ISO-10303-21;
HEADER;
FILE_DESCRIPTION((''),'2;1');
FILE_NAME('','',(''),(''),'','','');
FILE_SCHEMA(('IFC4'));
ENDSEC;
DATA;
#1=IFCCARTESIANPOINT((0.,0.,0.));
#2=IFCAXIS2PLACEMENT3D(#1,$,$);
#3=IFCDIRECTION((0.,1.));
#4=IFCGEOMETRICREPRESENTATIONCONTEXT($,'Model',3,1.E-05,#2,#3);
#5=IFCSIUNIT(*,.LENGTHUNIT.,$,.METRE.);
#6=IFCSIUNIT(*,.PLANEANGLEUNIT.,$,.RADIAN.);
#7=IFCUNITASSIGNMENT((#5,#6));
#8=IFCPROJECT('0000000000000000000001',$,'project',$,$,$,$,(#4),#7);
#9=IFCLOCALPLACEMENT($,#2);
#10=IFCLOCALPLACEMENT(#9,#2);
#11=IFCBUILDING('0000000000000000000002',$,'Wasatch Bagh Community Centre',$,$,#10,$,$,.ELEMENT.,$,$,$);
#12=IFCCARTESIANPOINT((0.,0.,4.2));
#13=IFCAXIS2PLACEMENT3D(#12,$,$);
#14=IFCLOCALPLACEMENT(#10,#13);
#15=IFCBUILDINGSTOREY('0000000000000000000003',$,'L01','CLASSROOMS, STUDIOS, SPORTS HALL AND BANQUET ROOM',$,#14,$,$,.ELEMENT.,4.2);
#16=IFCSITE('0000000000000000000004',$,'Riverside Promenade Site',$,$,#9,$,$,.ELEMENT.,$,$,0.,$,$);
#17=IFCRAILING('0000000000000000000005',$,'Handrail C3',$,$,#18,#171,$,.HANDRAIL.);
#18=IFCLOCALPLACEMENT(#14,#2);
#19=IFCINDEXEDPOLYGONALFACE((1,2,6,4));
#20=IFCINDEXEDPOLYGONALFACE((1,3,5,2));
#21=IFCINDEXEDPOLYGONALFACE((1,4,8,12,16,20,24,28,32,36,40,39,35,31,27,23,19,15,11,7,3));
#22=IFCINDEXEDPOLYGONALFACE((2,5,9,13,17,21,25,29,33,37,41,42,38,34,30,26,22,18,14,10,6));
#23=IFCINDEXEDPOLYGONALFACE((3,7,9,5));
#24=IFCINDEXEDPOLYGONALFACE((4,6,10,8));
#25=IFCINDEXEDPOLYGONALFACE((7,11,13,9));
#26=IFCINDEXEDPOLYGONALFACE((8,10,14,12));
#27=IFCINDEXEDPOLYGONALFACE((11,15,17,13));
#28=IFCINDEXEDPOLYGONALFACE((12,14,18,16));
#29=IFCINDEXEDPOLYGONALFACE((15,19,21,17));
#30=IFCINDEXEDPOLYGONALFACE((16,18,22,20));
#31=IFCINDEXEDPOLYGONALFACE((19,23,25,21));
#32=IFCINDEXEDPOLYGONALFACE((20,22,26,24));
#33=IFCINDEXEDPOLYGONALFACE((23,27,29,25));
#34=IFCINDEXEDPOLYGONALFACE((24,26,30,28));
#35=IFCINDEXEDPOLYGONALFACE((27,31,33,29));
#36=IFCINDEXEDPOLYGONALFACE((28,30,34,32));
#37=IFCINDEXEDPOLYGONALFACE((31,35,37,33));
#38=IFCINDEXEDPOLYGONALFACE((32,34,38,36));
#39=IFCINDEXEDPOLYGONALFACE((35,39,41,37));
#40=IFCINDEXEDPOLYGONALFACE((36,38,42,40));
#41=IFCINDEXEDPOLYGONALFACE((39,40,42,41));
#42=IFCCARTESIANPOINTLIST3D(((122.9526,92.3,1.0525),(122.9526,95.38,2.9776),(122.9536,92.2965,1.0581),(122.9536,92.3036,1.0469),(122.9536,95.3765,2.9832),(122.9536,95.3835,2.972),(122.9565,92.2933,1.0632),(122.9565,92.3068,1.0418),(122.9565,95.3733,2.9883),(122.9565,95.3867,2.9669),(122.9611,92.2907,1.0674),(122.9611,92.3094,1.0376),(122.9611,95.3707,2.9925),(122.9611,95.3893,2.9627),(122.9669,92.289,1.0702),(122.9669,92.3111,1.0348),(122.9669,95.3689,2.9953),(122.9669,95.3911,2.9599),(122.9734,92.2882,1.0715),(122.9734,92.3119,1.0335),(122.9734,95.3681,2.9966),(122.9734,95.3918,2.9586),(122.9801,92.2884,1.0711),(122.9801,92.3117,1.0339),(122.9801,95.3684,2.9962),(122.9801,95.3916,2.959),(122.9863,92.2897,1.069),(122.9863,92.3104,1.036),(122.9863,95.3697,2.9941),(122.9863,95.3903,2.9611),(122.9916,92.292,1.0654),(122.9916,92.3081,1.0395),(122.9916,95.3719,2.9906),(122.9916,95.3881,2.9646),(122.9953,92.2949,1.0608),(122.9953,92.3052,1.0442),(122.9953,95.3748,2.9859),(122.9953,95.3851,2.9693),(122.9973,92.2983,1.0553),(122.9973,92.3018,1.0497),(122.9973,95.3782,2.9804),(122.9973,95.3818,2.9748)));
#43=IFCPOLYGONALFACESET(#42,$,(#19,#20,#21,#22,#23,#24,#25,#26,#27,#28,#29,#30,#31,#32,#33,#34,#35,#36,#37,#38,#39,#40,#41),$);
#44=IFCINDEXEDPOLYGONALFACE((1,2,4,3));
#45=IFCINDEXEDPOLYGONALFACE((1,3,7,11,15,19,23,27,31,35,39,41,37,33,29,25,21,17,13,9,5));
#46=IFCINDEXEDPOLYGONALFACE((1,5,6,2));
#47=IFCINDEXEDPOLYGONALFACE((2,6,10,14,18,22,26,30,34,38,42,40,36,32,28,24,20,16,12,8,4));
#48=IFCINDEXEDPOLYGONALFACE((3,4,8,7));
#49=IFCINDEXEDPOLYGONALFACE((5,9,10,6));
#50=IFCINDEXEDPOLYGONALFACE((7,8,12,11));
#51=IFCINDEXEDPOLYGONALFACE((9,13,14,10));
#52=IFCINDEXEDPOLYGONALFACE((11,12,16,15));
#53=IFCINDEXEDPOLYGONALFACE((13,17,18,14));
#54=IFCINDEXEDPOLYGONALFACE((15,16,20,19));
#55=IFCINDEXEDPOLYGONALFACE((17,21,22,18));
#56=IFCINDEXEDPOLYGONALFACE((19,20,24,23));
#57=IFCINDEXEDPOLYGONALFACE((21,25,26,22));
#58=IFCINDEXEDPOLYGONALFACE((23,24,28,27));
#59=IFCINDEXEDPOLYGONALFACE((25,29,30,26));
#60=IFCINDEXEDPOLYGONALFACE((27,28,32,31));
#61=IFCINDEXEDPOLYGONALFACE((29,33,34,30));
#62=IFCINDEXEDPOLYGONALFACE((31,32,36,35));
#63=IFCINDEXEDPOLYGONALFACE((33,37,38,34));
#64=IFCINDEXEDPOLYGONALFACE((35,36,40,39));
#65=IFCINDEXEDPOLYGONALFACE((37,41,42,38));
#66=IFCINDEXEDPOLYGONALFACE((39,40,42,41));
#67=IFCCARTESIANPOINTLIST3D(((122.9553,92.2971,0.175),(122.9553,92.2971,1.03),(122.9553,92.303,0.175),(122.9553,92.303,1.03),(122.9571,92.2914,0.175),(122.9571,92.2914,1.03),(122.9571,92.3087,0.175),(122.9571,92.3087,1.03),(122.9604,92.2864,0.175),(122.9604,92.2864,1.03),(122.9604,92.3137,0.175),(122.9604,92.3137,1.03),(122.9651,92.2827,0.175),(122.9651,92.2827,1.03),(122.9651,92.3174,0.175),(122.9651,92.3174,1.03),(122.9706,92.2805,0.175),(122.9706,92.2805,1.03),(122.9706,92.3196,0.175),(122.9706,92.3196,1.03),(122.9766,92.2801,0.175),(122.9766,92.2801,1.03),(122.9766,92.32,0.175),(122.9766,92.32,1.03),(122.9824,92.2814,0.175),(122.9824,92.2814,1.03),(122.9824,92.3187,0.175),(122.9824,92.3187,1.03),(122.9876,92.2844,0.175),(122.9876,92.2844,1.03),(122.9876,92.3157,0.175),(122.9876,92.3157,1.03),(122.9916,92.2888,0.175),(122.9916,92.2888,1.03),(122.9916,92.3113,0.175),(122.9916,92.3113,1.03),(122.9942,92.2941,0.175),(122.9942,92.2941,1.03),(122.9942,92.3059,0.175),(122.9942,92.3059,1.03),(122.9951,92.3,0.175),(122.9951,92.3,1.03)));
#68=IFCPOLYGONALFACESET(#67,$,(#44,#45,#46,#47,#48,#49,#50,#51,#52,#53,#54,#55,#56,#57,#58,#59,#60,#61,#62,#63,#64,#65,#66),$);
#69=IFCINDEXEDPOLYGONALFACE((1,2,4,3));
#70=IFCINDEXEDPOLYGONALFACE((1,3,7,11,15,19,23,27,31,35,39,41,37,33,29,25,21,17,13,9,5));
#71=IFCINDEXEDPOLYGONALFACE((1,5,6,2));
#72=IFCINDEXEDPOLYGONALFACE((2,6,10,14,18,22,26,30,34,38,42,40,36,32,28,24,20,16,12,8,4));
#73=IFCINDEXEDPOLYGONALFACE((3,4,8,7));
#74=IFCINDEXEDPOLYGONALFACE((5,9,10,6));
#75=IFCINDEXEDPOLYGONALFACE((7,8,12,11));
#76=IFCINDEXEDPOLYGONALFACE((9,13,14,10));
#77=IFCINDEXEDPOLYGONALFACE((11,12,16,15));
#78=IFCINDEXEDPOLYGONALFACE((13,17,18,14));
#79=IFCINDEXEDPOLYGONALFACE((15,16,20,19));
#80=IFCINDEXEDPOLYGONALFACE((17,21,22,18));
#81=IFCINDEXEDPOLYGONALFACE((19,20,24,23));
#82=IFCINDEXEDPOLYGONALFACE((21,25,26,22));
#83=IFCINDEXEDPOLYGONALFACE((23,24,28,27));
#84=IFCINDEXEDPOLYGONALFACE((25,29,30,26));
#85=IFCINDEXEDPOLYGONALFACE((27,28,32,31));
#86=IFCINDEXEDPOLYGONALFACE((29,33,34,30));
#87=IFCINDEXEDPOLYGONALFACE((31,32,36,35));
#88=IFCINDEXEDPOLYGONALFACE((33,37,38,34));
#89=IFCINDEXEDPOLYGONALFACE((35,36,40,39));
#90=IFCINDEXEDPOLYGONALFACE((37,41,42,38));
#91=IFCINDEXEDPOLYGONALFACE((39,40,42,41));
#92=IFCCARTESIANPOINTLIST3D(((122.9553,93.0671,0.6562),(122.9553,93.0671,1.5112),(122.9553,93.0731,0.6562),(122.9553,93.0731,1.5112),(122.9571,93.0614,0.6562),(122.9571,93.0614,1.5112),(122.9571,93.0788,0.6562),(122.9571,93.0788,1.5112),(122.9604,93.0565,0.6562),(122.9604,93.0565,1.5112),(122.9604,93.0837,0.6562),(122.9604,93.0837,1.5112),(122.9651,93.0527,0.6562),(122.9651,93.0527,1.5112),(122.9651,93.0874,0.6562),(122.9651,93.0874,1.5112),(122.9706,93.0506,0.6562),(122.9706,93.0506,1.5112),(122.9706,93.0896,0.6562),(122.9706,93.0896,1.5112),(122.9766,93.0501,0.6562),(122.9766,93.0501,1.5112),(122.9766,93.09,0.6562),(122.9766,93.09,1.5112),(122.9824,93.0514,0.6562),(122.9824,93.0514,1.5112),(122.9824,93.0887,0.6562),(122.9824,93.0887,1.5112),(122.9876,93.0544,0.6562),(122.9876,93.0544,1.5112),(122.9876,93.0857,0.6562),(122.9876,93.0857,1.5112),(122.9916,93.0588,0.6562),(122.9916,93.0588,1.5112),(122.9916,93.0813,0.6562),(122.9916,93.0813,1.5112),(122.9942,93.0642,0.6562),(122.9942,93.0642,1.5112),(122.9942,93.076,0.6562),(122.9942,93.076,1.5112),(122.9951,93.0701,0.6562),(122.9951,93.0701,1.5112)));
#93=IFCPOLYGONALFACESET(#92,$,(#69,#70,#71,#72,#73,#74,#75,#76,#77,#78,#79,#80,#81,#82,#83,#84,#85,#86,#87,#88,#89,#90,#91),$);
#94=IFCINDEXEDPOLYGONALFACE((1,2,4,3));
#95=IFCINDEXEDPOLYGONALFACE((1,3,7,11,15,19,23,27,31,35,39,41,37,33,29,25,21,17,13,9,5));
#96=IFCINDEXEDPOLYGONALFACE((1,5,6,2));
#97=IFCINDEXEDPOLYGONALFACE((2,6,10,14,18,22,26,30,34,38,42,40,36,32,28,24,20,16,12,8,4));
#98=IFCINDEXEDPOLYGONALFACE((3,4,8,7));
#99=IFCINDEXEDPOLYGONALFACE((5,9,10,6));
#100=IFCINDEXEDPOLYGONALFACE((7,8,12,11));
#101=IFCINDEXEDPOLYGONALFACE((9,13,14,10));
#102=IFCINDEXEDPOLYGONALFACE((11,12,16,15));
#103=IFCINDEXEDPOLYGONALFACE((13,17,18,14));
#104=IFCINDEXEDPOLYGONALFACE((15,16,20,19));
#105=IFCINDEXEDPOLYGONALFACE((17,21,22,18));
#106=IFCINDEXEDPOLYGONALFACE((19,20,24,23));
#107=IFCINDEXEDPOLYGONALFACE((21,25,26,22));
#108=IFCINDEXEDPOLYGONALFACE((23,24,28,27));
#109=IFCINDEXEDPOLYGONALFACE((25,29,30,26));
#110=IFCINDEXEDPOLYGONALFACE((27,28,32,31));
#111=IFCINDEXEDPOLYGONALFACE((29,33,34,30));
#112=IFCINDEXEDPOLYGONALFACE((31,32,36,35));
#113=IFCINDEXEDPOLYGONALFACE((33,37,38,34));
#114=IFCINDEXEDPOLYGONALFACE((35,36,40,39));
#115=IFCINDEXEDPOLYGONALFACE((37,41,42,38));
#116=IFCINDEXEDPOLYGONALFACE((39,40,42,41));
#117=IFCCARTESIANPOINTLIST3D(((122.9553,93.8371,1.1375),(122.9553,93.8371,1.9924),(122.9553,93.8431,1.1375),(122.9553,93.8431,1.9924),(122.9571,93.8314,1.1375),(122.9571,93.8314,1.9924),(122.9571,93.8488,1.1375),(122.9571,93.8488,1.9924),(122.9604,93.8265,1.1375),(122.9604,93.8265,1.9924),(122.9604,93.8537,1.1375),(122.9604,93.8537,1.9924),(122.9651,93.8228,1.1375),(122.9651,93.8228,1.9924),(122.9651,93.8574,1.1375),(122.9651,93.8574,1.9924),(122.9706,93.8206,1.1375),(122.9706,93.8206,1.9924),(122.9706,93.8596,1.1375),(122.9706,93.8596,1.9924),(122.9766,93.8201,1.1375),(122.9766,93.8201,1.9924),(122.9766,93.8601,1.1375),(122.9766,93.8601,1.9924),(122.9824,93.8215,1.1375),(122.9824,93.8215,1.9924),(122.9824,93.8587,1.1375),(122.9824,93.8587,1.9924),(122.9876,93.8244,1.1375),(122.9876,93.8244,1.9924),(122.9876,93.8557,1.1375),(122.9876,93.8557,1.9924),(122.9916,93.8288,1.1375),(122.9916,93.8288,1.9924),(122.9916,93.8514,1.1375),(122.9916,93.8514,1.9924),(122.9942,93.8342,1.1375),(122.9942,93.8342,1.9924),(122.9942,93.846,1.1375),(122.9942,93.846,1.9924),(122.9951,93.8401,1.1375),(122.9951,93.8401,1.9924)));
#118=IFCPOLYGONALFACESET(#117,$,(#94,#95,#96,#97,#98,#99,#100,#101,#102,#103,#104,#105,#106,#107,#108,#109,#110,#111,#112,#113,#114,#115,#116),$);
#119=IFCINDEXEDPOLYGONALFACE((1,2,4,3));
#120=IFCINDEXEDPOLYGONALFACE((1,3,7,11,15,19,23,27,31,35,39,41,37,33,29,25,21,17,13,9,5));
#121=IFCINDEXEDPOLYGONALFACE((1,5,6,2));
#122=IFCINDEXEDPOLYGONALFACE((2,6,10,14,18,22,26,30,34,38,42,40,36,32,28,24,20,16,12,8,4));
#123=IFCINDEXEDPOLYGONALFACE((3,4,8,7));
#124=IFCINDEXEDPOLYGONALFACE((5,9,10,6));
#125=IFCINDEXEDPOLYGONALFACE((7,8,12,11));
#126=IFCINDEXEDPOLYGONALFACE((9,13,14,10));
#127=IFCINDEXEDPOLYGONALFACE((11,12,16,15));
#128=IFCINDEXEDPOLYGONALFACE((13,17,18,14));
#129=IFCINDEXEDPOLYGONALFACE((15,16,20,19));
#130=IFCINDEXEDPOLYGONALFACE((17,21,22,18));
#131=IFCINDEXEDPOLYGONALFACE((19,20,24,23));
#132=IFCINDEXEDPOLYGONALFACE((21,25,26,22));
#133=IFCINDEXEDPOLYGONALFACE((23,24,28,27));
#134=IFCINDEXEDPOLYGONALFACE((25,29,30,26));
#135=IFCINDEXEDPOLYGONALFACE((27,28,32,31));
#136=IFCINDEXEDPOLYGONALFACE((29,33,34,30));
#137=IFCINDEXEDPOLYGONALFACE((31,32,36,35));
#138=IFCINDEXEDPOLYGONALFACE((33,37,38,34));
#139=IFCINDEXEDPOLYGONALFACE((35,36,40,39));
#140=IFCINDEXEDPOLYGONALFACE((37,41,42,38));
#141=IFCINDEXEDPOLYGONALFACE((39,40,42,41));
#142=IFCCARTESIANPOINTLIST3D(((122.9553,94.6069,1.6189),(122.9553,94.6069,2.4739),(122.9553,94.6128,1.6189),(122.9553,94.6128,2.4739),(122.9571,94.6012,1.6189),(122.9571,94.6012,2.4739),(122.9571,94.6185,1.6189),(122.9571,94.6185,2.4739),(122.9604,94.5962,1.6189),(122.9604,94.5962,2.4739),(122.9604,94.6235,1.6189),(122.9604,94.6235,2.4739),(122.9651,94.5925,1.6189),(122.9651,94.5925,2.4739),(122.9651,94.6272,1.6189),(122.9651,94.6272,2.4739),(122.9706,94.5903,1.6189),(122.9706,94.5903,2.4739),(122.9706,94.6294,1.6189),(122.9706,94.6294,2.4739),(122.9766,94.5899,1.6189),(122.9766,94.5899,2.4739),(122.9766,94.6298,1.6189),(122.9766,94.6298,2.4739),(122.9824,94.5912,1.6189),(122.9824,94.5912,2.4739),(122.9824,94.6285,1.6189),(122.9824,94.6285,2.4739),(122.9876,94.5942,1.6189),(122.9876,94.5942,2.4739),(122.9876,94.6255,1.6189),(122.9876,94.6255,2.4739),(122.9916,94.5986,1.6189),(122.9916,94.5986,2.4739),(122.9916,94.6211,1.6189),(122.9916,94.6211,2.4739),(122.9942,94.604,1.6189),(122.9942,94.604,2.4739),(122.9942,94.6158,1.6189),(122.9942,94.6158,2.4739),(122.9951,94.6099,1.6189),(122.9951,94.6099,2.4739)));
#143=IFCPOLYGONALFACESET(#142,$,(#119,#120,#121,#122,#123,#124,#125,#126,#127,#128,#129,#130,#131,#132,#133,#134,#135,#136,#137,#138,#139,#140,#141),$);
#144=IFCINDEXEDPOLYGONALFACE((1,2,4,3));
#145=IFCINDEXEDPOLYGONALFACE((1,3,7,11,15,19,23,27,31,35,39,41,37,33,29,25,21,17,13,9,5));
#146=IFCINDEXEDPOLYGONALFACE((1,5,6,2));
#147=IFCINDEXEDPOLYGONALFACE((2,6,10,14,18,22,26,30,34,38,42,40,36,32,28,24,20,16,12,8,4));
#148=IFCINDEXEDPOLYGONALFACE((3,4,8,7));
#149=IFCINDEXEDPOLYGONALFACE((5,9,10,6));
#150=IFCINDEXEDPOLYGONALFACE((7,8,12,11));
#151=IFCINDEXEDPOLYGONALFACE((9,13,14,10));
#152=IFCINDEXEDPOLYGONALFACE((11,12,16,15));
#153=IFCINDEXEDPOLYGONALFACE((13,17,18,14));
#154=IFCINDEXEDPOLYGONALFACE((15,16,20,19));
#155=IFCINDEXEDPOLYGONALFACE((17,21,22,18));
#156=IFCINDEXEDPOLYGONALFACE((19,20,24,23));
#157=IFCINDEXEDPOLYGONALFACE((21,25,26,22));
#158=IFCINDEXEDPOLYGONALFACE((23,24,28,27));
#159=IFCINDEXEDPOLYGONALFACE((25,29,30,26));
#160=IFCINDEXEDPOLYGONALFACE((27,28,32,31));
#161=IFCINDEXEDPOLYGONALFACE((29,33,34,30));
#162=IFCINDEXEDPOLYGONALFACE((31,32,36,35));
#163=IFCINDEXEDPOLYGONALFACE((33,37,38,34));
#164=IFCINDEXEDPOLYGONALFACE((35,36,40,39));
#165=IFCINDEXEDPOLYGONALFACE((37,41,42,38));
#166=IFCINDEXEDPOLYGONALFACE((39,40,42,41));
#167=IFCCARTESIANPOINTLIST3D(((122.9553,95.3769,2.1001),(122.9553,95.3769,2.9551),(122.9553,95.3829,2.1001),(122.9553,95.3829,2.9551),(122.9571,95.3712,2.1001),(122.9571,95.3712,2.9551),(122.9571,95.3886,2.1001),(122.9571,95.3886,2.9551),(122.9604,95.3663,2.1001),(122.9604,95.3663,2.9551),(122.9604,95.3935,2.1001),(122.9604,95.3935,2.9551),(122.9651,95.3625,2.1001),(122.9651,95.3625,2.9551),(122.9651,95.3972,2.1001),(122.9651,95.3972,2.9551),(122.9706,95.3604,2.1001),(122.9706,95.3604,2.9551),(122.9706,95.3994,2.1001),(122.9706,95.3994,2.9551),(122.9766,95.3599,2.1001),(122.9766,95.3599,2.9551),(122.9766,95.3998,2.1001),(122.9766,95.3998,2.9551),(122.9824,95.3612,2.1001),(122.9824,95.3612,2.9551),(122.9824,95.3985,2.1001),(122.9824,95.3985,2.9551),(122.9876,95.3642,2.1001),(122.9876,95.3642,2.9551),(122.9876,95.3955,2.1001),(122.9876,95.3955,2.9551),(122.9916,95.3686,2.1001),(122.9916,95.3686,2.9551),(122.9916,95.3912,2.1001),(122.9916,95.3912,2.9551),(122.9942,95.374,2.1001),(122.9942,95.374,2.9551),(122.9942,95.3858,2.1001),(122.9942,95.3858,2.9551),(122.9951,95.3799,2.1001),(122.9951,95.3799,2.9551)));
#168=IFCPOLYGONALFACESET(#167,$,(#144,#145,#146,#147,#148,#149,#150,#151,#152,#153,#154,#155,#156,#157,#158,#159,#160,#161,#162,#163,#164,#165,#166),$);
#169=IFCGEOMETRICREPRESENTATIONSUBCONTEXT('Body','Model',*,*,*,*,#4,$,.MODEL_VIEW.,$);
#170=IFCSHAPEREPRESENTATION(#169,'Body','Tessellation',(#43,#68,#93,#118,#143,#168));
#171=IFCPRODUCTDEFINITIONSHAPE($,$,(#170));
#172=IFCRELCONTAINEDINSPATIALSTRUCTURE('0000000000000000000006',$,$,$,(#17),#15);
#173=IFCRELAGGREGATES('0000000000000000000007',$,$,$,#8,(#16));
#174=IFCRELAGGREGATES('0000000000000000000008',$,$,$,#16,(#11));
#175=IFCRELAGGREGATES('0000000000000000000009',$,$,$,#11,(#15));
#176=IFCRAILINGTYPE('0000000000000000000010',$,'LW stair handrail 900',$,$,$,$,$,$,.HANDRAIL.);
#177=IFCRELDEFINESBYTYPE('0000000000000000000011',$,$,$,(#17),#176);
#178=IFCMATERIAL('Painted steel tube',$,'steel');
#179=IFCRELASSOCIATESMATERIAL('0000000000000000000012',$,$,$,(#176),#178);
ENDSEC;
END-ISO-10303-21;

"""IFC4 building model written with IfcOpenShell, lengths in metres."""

from ifc_helpers import new_model, si_unit, direction, frame, origin, origin_2d, place, context, subcontext, project, spatial, circle, extrude, material, type_object, element, save


model = new_model("IFC4")

# Units and contexts
model_context = context("Model", 3, precision=1e-05, world=origin(), true_north=direction((0.0, 1.0)))
body_context = subcontext(model_context, "Body", "Model", "MODEL_VIEW")
ifc_project = project(units=[si_unit("LENGTHUNIT", "METRE"), si_unit("PLANEANGLEUNIT", "RADIAN")], contexts=[model_context])

# Site, building, storey
site_placement = place(None, origin())
site = spatial("IfcSite", under=ifc_project, at=site_placement, Name="Riverside Promenade Site", CompositionType="ELEMENT", RefElevation=0.0)
building_placement = place(site_placement, origin())
building = spatial("IfcBuilding", under=site, at=building_placement, Name="Wasatch Bagh Community Centre", CompositionType="ELEMENT")
storey_placement = place(building_placement, frame((0.0, 0.0, 4.2)))
storey = spatial("IfcBuildingStorey", under=building, at=storey_placement, Name="L01", Description="CLASSROOMS, STUDIOS, SPORTS HALL AND BANQUET ROOM", CompositionType="ELEMENT", Elevation=4.2)

# Railing
ifc_material_1 = material(Name="Painted steel tube", Category="steel")
railing_type_1 = type_object("IfcRailingType", Name="LW stair handrail 900", PredefinedType="HANDRAIL", material=ifc_material_1)
for number, where, name in (
    (1, (122.9751, 92.3, 0.175), "Handrail C3"),
):
    element("IfcRailing", number, at=place(storey_placement, frame(where)), inside=storey, type_object=railing_type_1, Name=name, PredefinedType="HANDRAIL", context=body_context, shape_type="SweptSolid", body=[
        extrude(circle(Radius=0.0225, at=origin_2d()), frame((0.0, 0.0, 0.8774), z_axis=(0.0, 0.847979, 0.530029), x_axis=(-1.0, 0.0, 0.0)), (0.0, 0.0, 1.0), 3.6321),
        extrude(circle(Radius=0.02, at=origin_2d()), origin(), (0.0, 0.0, 1.0), 0.855),
        extrude(circle(Radius=0.02, at=origin_2d()), frame((0.0, 0.77, 0.4812)), (0.0, 0.0, 1.0), 0.855),
        extrude(circle(Radius=0.02, at=origin_2d()), frame((0.0, 1.54, 0.9624)), (0.0, 0.0, 1.0), 0.855),
        extrude(circle(Radius=0.02, at=origin_2d()), frame((0.0, 2.3098, 1.4438)), (0.0, 0.0, 1.0), 0.855),
        extrude(circle(Radius=0.02, at=origin_2d()), frame((0.0, 3.0798, 1.925)), (0.0, 0.0, 1.0), 0.855),
    ])

save(model, "model.ifc")
